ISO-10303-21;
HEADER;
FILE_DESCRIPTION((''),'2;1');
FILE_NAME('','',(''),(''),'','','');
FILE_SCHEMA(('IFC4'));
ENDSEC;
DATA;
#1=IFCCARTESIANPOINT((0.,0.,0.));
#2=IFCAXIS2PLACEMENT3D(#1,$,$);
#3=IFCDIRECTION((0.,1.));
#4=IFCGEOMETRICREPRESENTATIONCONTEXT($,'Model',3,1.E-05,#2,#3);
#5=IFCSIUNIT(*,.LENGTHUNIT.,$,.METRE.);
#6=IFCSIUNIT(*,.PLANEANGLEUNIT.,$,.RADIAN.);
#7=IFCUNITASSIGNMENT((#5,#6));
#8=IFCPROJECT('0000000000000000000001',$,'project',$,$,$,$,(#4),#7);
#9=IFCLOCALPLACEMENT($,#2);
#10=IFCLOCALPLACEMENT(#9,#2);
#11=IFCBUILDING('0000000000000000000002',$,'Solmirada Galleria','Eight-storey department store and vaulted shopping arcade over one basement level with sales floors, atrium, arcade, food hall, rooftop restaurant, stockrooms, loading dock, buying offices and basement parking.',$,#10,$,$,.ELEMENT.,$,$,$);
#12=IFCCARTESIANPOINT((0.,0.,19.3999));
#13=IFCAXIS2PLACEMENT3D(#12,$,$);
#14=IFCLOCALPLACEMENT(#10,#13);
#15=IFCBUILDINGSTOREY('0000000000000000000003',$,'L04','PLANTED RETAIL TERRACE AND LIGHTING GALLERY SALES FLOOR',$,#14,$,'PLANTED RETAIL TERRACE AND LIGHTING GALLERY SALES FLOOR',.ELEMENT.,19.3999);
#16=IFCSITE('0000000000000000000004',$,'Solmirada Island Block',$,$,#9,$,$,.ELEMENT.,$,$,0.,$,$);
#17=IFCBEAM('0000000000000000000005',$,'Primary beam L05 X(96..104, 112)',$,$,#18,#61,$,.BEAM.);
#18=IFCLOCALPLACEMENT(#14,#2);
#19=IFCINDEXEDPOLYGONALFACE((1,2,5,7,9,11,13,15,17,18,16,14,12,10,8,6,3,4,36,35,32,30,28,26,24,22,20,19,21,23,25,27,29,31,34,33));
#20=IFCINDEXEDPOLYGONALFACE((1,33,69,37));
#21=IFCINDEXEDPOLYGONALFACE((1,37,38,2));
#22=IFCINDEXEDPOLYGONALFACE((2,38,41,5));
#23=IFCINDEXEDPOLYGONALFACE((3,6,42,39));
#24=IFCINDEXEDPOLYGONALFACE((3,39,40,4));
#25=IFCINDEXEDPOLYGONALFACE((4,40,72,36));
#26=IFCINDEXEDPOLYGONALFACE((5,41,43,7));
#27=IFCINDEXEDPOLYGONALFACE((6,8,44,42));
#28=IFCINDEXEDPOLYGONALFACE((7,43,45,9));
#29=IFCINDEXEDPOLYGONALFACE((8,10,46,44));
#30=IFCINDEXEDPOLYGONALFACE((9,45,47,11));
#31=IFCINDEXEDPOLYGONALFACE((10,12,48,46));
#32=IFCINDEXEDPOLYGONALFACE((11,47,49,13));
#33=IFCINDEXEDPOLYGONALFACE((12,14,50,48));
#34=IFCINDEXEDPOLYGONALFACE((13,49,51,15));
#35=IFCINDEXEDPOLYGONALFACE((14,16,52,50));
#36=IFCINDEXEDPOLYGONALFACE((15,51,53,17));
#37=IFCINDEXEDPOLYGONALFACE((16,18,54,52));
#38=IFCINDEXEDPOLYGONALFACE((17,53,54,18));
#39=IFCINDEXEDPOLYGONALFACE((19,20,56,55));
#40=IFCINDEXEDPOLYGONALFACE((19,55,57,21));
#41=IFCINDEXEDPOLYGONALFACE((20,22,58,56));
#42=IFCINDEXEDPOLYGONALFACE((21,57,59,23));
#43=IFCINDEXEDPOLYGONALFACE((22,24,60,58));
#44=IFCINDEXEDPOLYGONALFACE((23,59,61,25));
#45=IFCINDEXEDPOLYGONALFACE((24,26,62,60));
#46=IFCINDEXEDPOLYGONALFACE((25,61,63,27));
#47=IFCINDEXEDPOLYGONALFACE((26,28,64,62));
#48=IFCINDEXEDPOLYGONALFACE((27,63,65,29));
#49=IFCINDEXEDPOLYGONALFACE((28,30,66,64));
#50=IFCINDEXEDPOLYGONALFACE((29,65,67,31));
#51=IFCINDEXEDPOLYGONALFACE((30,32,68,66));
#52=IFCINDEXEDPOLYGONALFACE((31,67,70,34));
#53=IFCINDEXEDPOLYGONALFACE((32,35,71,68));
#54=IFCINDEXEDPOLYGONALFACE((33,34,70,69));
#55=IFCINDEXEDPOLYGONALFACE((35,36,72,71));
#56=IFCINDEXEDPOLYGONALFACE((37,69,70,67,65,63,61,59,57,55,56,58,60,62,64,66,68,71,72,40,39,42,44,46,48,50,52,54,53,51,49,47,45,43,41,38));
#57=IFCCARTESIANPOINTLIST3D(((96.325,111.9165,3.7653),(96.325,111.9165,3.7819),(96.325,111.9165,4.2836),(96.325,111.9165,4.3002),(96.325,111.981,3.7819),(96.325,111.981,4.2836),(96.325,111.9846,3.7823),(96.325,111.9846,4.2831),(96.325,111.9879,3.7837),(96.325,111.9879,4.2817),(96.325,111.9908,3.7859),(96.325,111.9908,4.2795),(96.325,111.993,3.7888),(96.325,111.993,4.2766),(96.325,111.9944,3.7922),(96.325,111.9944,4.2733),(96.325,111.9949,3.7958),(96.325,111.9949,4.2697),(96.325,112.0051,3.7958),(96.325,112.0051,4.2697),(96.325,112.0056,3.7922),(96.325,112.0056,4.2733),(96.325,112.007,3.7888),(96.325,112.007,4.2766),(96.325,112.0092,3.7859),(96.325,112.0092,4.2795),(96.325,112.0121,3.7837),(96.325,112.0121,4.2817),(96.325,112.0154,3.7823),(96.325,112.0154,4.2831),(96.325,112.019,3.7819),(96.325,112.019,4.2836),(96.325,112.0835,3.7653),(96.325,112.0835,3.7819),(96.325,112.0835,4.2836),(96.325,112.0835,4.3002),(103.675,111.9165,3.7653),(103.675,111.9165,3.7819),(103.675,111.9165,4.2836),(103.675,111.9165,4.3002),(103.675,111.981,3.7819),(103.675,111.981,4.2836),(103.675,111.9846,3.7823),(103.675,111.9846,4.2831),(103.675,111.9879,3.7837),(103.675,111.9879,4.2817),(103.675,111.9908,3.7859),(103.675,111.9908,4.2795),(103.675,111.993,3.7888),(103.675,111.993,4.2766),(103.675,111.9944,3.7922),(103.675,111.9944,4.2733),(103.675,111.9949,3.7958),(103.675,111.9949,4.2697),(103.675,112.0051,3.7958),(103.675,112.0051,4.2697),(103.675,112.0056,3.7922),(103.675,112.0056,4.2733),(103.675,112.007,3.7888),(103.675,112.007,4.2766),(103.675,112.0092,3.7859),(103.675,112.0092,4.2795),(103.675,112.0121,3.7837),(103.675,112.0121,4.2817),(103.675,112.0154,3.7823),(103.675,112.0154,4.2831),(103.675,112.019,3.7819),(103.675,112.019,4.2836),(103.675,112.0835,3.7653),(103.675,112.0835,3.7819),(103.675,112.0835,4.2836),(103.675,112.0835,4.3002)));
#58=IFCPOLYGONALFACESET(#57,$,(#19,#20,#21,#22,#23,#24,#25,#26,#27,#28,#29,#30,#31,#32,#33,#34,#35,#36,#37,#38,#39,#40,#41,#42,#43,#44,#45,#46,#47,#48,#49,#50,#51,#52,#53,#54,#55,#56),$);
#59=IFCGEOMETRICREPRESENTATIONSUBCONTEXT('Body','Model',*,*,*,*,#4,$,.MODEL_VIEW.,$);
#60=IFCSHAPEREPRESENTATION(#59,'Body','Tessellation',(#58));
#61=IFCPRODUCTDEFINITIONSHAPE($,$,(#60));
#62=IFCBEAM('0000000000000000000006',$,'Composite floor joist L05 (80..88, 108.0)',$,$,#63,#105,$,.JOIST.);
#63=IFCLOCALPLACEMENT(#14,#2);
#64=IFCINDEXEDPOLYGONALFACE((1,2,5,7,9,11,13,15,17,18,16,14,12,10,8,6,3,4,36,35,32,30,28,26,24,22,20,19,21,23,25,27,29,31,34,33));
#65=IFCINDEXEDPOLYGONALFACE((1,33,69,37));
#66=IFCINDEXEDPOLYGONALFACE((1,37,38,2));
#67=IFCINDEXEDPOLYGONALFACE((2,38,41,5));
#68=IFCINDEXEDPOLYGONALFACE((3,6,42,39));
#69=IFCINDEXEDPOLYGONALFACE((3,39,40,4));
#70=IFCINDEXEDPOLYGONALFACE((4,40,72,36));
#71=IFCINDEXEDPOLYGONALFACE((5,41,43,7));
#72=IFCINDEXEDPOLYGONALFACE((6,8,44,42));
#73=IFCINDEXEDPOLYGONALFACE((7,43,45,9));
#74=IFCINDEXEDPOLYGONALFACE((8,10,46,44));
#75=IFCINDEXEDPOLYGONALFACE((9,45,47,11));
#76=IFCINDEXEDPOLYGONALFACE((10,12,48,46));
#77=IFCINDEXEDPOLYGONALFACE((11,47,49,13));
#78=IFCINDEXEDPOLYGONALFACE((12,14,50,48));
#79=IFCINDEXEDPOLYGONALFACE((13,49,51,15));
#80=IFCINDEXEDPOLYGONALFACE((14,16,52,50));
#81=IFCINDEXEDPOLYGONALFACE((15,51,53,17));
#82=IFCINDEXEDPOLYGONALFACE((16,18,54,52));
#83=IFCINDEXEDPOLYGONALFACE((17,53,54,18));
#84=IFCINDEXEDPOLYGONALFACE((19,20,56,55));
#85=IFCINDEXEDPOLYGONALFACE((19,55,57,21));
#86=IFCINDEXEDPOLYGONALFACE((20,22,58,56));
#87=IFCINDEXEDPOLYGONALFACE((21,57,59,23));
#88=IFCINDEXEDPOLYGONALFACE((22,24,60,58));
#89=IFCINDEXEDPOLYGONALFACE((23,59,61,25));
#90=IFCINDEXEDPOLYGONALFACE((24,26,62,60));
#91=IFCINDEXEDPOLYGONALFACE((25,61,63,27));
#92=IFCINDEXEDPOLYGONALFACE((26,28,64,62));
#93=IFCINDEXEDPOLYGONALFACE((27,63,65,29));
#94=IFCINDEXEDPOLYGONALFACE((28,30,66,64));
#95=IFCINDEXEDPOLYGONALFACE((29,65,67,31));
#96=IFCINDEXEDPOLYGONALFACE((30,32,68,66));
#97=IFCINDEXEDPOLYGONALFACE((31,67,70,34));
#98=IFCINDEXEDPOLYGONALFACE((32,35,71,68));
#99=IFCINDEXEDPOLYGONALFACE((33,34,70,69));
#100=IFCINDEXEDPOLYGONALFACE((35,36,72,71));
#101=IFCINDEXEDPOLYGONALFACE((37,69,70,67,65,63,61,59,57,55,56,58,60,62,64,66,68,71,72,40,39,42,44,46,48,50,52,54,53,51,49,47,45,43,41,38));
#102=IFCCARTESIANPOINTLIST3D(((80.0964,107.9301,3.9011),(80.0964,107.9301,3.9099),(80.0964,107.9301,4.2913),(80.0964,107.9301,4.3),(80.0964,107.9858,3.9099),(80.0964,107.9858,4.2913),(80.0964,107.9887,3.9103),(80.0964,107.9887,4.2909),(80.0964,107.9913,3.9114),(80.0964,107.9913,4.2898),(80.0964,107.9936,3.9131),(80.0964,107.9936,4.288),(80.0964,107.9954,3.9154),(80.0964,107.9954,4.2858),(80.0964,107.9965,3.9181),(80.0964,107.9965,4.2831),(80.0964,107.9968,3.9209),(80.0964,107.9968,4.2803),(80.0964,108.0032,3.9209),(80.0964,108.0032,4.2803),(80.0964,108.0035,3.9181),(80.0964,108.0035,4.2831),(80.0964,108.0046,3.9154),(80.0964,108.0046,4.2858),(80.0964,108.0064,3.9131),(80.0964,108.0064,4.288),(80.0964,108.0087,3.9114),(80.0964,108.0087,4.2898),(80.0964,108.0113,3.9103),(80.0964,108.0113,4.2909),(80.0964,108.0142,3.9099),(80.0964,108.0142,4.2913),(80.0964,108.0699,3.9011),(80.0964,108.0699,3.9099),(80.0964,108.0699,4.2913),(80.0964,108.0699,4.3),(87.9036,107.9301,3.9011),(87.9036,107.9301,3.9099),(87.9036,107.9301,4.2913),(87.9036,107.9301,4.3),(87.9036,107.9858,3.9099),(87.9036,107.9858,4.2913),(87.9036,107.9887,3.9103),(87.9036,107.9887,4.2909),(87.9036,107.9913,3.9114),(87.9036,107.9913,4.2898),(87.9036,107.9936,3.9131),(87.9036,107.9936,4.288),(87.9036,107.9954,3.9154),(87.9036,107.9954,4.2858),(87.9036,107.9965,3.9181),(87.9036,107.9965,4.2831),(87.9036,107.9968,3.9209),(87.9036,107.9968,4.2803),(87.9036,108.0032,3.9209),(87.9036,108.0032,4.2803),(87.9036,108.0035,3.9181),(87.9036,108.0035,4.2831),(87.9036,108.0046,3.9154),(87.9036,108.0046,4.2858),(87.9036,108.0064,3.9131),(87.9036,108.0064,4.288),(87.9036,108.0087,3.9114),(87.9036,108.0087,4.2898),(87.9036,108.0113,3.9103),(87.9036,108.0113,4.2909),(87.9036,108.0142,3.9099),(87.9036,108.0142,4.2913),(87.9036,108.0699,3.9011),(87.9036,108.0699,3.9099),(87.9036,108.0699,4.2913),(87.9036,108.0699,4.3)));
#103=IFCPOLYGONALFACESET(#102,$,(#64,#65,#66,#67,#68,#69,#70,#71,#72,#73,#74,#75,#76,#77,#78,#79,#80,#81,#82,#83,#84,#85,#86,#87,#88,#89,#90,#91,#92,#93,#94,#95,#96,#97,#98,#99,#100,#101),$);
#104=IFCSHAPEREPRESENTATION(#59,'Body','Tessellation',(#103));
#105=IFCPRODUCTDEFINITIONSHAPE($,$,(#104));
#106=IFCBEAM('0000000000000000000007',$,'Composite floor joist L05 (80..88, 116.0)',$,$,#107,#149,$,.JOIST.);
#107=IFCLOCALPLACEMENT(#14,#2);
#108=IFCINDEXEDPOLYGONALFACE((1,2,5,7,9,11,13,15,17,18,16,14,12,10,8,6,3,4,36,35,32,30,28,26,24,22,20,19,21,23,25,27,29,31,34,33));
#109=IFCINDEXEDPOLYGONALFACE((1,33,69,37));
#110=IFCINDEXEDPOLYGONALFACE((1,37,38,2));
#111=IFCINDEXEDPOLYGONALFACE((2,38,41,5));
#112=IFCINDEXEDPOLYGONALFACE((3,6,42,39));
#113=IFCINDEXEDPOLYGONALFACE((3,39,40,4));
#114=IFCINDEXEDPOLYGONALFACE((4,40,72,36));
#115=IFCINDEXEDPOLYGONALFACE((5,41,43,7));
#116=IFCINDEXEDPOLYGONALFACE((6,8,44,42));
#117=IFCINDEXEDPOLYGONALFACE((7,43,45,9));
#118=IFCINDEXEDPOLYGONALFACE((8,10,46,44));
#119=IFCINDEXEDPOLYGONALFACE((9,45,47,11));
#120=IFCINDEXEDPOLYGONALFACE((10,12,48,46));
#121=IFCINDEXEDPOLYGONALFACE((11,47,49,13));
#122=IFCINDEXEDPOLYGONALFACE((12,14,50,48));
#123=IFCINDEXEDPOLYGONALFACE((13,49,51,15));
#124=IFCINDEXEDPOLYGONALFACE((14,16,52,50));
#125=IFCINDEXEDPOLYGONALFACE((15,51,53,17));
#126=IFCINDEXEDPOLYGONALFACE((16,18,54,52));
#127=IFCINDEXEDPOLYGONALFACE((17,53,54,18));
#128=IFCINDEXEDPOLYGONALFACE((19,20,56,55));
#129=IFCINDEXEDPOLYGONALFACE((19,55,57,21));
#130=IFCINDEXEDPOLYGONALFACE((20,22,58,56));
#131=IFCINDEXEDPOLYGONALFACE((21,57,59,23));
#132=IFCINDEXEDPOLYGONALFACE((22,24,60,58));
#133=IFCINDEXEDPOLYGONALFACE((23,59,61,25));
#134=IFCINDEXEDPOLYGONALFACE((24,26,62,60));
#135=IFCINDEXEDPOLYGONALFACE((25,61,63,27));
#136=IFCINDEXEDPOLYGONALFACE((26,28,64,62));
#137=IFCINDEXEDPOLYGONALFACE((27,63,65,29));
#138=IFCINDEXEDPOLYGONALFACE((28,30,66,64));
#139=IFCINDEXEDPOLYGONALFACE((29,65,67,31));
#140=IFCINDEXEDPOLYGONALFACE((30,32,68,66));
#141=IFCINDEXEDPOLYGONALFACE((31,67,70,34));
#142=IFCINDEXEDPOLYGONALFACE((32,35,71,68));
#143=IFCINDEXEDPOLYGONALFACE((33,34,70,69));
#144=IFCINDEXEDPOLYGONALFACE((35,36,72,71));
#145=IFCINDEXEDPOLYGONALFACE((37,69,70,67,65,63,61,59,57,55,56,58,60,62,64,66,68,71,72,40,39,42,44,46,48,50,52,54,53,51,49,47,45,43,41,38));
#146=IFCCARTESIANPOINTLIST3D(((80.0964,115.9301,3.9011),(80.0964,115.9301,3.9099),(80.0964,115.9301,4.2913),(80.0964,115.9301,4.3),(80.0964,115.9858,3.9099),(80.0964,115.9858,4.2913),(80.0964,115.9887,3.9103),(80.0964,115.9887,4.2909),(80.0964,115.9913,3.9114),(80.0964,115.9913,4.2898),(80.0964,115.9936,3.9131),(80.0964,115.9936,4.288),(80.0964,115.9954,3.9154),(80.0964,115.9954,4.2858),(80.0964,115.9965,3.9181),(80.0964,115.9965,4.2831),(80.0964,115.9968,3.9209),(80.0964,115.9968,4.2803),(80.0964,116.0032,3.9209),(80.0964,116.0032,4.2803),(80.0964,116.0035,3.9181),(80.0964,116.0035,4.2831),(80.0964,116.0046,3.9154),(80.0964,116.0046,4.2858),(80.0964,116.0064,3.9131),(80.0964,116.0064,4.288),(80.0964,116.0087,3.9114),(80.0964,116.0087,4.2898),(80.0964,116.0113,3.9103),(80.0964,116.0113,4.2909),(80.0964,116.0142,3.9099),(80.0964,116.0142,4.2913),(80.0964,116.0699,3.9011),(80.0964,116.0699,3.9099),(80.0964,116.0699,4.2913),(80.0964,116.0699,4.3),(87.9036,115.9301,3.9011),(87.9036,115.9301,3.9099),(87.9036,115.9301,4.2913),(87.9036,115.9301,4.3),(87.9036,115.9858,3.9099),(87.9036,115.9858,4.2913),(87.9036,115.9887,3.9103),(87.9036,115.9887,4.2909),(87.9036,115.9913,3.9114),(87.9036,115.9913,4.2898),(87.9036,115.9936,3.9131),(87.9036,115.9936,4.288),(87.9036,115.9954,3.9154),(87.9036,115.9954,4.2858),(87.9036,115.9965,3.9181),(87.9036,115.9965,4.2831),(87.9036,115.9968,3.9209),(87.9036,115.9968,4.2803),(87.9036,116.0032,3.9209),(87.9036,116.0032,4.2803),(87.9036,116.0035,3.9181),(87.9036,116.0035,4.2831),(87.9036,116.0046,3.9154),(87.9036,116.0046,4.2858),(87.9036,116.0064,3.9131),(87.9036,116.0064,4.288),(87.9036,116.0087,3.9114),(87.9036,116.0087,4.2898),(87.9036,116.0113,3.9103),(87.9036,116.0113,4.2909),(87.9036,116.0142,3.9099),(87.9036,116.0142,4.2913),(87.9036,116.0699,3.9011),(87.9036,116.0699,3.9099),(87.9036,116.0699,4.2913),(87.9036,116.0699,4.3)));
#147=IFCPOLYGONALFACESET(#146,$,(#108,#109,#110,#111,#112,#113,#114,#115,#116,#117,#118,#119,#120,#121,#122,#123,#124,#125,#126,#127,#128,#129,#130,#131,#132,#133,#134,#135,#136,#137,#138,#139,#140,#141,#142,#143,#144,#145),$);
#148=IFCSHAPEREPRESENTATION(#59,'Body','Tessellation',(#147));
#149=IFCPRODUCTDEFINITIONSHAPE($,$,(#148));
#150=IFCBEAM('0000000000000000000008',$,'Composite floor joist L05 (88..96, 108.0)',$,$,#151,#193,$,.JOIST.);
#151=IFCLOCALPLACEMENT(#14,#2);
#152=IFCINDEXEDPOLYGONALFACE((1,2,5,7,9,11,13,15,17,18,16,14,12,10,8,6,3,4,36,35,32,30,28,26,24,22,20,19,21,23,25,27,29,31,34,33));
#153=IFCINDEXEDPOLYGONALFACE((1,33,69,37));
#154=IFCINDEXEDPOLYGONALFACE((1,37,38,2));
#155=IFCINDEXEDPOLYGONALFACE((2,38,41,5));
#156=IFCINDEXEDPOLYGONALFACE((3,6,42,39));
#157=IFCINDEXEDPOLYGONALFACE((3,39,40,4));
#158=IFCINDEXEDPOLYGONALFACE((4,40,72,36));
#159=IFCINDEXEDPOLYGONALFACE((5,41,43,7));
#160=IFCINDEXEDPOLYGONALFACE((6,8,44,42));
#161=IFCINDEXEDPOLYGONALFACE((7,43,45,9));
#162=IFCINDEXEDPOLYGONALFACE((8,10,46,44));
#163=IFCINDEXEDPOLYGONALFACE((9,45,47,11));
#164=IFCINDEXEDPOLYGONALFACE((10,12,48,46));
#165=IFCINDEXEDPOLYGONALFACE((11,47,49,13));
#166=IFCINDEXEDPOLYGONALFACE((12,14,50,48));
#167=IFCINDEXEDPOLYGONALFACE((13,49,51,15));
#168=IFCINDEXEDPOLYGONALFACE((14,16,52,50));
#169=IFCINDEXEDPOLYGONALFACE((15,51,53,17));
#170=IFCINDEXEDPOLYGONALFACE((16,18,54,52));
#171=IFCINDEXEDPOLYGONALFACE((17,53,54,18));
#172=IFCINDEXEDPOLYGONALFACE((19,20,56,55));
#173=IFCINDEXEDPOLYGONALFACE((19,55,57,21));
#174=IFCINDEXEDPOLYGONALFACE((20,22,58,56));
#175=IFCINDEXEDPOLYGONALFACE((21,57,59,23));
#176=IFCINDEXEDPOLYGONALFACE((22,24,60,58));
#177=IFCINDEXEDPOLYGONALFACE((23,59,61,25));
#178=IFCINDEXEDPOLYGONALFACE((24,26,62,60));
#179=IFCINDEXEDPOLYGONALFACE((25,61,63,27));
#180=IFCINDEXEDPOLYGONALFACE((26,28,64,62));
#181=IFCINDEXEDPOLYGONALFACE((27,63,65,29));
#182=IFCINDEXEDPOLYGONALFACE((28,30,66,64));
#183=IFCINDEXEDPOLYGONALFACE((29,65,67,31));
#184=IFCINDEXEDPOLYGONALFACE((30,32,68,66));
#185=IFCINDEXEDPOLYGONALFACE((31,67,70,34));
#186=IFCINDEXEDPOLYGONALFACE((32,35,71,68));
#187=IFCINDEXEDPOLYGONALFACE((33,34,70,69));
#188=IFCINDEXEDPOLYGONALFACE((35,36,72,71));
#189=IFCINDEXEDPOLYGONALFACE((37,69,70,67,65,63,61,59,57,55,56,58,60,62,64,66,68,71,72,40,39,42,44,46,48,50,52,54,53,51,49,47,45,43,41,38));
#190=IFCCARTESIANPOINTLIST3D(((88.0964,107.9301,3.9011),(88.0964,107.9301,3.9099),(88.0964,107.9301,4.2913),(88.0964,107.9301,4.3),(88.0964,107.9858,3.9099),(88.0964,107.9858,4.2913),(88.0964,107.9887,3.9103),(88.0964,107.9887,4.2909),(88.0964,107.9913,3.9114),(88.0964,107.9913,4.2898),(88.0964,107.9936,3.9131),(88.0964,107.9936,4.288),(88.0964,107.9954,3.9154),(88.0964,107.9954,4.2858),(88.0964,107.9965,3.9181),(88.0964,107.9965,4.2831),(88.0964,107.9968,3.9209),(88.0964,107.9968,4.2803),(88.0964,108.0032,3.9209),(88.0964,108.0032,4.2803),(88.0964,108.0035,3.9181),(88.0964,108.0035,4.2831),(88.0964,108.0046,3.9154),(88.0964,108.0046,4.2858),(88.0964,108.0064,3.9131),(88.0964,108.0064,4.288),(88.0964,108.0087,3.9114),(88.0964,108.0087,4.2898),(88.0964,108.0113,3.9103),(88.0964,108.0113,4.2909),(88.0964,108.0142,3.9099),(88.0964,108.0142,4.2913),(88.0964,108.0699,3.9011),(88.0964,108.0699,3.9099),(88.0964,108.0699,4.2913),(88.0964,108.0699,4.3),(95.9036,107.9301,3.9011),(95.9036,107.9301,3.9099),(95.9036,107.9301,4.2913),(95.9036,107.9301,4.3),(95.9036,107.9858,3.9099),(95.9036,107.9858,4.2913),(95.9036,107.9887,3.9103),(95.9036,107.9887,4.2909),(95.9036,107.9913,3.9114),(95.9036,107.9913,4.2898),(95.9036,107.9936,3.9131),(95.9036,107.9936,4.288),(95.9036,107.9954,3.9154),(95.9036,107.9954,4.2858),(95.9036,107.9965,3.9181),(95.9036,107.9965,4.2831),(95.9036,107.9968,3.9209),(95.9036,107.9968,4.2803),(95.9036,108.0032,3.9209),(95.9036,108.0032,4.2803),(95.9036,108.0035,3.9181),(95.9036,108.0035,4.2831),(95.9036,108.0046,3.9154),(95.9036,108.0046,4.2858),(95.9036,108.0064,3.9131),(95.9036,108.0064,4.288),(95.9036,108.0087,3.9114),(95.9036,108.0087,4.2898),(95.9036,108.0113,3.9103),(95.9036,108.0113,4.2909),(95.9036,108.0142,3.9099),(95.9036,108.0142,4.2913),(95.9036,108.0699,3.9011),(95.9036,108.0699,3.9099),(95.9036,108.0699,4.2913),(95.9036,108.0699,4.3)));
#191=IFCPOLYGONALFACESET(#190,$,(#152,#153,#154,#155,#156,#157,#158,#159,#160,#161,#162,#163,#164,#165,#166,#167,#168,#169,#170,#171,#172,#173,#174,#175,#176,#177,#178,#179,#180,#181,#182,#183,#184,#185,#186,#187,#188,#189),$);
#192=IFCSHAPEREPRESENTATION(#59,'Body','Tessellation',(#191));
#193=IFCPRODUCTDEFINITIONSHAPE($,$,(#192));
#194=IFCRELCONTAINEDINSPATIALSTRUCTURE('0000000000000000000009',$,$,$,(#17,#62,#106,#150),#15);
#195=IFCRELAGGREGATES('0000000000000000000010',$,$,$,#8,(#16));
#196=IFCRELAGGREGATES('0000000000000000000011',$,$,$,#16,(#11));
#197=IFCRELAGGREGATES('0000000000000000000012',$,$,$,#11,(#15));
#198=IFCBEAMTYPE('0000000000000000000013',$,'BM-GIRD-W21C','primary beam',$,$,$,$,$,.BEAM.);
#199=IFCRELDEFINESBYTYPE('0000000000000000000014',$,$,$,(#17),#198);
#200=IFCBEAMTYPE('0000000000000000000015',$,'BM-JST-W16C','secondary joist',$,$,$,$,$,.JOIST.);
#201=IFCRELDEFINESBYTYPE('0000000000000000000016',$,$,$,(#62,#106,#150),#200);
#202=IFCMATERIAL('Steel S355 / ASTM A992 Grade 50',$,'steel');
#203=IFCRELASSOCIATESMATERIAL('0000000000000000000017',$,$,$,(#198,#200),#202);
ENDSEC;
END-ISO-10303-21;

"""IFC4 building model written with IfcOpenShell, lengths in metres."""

from ifc_helpers import new_model, si_unit, direction, frame, origin, origin_2d, place, context, subcontext, project, spatial, i_section, extrude, material, material_profile, profile_set, type_object, element, save


model = new_model("IFC4")

# Units and contexts
model_context = context("Model", 3, precision=1e-05, world=origin(), true_north=direction((0.0, 1.0)))
body_context = subcontext(model_context, "Body", "Model", "MODEL_VIEW")
ifc_project = project(units=[si_unit("LENGTHUNIT", "METRE"), si_unit("PLANEANGLEUNIT", "RADIAN")], contexts=[model_context])

# Site, building, storey
site_placement = place(None, origin())
site = spatial("IfcSite", under=ifc_project, at=site_placement, Name="Solmirada Island Block", CompositionType="ELEMENT", RefElevation=0.0)
building_placement = place(site_placement, origin())
building = spatial("IfcBuilding", under=site, at=building_placement, Name="Solmirada Galleria", Description="Eight-storey department store and vaulted shopping arcade over one basement level with sales floors, atrium, arcade, food hall, rooftop restaurant, stockrooms, loading dock, buying offices and basement parking.", CompositionType="ELEMENT")
storey_placement = place(building_placement, frame((0.0, 0.0, 19.3999)))
storey = spatial("IfcBuildingStorey", under=building, at=storey_placement, Name="L04", Description="PLANTED RETAIL TERRACE AND LIGHTING GALLERY SALES FLOOR", LongName="PLANTED RETAIL TERRACE AND LIGHTING GALLERY SALES FLOOR", CompositionType="ELEMENT", Elevation=19.3999)

# Beams
ifc_material_1 = material(Name="Steel S355 / ASTM A992 Grade 50", Category="steel")
ifc_material_profile_1 = material_profile(ifc_material_1, i_section(OverallWidth=0.167, OverallDepth=0.5349, WebThickness=0.0103, FlangeThickness=0.0166, FilletRadius=0.0139, at=origin_2d()), Name="W21X57")
ifc_profile_set_1 = profile_set([ifc_material_profile_1], Name="Steel S355 / ASTM A992 Grade 50")
beam_type_1 = type_object("IfcBeamType", Name="BM-GIRD-W21C", Description="primary beam", PredefinedType="BEAM", material=ifc_profile_set_1)
for number, where, z_axis, x_axis, name in (
    (1, (96.325, 112.0, 4.0327), (1.0, 0.0, 0.0), (0.0, 1.0, 0.0), "Primary beam L05 X(96..104, 112)"),
):
    element("IfcBeam", number, at=place(storey_placement, frame(where, z_axis=z_axis, x_axis=x_axis)), inside=storey, type_object=beam_type_1, Name=name, PredefinedType="BEAM", context=body_context, shape_type="SweptSolid", body=[
        extrude(i_section(OverallWidth=0.167, OverallDepth=0.5349, WebThickness=0.0103, FlangeThickness=0.0166, FilletRadius=0.0139, at=origin_2d()), origin(), (0.0, 0.0, 1.0), 7.3501),
    ])
ifc_material_profile_2 = material_profile(ifc_material_1, i_section(OverallWidth=0.1399, OverallDepth=0.3989, WebThickness=0.0063, FlangeThickness=0.0088, FilletRadius=0.011, at=origin_2d()), Name="W16X26")
ifc_profile_set_2 = profile_set([ifc_material_profile_2], Name="Steel S355 / ASTM A992 Grade 50")
beam_type_2 = type_object("IfcBeamType", Name="BM-JST-W16C", Description="secondary joist", PredefinedType="JOIST", material=ifc_profile_set_2)
for number, where, z_axis, x_axis, name in (
    (2, (80.0964, 108.0, 4.1006), (1.0, 0.0, 0.0), (0.0, 1.0, 0.0), "Composite floor joist L05 (80..88, 108.0)"),
    (3, (80.0964, 116.0, 4.1006), (1.0, 0.0, 0.0), (0.0, 1.0, 0.0), "Composite floor joist L05 (80..88, 116.0)"),
    (4, (88.0964, 108.0, 4.1006), (1.0, 0.0, 0.0), (0.0, 1.0, 0.0), "Composite floor joist L05 (88..96, 108.0)"),
):
    element("IfcBeam", number, at=place(storey_placement, frame(where, z_axis=z_axis, x_axis=x_axis)), inside=storey, type_object=beam_type_2, Name=name, PredefinedType="JOIST", context=body_context, shape_type="SweptSolid", body=[
        extrude(i_section(OverallWidth=0.1399, OverallDepth=0.3989, WebThickness=0.0063, FlangeThickness=0.0088, FilletRadius=0.011, at=origin_2d()), origin(), (0.0, 0.0, 1.0), 7.8071),
    ])

save(model, "model.ifc")
